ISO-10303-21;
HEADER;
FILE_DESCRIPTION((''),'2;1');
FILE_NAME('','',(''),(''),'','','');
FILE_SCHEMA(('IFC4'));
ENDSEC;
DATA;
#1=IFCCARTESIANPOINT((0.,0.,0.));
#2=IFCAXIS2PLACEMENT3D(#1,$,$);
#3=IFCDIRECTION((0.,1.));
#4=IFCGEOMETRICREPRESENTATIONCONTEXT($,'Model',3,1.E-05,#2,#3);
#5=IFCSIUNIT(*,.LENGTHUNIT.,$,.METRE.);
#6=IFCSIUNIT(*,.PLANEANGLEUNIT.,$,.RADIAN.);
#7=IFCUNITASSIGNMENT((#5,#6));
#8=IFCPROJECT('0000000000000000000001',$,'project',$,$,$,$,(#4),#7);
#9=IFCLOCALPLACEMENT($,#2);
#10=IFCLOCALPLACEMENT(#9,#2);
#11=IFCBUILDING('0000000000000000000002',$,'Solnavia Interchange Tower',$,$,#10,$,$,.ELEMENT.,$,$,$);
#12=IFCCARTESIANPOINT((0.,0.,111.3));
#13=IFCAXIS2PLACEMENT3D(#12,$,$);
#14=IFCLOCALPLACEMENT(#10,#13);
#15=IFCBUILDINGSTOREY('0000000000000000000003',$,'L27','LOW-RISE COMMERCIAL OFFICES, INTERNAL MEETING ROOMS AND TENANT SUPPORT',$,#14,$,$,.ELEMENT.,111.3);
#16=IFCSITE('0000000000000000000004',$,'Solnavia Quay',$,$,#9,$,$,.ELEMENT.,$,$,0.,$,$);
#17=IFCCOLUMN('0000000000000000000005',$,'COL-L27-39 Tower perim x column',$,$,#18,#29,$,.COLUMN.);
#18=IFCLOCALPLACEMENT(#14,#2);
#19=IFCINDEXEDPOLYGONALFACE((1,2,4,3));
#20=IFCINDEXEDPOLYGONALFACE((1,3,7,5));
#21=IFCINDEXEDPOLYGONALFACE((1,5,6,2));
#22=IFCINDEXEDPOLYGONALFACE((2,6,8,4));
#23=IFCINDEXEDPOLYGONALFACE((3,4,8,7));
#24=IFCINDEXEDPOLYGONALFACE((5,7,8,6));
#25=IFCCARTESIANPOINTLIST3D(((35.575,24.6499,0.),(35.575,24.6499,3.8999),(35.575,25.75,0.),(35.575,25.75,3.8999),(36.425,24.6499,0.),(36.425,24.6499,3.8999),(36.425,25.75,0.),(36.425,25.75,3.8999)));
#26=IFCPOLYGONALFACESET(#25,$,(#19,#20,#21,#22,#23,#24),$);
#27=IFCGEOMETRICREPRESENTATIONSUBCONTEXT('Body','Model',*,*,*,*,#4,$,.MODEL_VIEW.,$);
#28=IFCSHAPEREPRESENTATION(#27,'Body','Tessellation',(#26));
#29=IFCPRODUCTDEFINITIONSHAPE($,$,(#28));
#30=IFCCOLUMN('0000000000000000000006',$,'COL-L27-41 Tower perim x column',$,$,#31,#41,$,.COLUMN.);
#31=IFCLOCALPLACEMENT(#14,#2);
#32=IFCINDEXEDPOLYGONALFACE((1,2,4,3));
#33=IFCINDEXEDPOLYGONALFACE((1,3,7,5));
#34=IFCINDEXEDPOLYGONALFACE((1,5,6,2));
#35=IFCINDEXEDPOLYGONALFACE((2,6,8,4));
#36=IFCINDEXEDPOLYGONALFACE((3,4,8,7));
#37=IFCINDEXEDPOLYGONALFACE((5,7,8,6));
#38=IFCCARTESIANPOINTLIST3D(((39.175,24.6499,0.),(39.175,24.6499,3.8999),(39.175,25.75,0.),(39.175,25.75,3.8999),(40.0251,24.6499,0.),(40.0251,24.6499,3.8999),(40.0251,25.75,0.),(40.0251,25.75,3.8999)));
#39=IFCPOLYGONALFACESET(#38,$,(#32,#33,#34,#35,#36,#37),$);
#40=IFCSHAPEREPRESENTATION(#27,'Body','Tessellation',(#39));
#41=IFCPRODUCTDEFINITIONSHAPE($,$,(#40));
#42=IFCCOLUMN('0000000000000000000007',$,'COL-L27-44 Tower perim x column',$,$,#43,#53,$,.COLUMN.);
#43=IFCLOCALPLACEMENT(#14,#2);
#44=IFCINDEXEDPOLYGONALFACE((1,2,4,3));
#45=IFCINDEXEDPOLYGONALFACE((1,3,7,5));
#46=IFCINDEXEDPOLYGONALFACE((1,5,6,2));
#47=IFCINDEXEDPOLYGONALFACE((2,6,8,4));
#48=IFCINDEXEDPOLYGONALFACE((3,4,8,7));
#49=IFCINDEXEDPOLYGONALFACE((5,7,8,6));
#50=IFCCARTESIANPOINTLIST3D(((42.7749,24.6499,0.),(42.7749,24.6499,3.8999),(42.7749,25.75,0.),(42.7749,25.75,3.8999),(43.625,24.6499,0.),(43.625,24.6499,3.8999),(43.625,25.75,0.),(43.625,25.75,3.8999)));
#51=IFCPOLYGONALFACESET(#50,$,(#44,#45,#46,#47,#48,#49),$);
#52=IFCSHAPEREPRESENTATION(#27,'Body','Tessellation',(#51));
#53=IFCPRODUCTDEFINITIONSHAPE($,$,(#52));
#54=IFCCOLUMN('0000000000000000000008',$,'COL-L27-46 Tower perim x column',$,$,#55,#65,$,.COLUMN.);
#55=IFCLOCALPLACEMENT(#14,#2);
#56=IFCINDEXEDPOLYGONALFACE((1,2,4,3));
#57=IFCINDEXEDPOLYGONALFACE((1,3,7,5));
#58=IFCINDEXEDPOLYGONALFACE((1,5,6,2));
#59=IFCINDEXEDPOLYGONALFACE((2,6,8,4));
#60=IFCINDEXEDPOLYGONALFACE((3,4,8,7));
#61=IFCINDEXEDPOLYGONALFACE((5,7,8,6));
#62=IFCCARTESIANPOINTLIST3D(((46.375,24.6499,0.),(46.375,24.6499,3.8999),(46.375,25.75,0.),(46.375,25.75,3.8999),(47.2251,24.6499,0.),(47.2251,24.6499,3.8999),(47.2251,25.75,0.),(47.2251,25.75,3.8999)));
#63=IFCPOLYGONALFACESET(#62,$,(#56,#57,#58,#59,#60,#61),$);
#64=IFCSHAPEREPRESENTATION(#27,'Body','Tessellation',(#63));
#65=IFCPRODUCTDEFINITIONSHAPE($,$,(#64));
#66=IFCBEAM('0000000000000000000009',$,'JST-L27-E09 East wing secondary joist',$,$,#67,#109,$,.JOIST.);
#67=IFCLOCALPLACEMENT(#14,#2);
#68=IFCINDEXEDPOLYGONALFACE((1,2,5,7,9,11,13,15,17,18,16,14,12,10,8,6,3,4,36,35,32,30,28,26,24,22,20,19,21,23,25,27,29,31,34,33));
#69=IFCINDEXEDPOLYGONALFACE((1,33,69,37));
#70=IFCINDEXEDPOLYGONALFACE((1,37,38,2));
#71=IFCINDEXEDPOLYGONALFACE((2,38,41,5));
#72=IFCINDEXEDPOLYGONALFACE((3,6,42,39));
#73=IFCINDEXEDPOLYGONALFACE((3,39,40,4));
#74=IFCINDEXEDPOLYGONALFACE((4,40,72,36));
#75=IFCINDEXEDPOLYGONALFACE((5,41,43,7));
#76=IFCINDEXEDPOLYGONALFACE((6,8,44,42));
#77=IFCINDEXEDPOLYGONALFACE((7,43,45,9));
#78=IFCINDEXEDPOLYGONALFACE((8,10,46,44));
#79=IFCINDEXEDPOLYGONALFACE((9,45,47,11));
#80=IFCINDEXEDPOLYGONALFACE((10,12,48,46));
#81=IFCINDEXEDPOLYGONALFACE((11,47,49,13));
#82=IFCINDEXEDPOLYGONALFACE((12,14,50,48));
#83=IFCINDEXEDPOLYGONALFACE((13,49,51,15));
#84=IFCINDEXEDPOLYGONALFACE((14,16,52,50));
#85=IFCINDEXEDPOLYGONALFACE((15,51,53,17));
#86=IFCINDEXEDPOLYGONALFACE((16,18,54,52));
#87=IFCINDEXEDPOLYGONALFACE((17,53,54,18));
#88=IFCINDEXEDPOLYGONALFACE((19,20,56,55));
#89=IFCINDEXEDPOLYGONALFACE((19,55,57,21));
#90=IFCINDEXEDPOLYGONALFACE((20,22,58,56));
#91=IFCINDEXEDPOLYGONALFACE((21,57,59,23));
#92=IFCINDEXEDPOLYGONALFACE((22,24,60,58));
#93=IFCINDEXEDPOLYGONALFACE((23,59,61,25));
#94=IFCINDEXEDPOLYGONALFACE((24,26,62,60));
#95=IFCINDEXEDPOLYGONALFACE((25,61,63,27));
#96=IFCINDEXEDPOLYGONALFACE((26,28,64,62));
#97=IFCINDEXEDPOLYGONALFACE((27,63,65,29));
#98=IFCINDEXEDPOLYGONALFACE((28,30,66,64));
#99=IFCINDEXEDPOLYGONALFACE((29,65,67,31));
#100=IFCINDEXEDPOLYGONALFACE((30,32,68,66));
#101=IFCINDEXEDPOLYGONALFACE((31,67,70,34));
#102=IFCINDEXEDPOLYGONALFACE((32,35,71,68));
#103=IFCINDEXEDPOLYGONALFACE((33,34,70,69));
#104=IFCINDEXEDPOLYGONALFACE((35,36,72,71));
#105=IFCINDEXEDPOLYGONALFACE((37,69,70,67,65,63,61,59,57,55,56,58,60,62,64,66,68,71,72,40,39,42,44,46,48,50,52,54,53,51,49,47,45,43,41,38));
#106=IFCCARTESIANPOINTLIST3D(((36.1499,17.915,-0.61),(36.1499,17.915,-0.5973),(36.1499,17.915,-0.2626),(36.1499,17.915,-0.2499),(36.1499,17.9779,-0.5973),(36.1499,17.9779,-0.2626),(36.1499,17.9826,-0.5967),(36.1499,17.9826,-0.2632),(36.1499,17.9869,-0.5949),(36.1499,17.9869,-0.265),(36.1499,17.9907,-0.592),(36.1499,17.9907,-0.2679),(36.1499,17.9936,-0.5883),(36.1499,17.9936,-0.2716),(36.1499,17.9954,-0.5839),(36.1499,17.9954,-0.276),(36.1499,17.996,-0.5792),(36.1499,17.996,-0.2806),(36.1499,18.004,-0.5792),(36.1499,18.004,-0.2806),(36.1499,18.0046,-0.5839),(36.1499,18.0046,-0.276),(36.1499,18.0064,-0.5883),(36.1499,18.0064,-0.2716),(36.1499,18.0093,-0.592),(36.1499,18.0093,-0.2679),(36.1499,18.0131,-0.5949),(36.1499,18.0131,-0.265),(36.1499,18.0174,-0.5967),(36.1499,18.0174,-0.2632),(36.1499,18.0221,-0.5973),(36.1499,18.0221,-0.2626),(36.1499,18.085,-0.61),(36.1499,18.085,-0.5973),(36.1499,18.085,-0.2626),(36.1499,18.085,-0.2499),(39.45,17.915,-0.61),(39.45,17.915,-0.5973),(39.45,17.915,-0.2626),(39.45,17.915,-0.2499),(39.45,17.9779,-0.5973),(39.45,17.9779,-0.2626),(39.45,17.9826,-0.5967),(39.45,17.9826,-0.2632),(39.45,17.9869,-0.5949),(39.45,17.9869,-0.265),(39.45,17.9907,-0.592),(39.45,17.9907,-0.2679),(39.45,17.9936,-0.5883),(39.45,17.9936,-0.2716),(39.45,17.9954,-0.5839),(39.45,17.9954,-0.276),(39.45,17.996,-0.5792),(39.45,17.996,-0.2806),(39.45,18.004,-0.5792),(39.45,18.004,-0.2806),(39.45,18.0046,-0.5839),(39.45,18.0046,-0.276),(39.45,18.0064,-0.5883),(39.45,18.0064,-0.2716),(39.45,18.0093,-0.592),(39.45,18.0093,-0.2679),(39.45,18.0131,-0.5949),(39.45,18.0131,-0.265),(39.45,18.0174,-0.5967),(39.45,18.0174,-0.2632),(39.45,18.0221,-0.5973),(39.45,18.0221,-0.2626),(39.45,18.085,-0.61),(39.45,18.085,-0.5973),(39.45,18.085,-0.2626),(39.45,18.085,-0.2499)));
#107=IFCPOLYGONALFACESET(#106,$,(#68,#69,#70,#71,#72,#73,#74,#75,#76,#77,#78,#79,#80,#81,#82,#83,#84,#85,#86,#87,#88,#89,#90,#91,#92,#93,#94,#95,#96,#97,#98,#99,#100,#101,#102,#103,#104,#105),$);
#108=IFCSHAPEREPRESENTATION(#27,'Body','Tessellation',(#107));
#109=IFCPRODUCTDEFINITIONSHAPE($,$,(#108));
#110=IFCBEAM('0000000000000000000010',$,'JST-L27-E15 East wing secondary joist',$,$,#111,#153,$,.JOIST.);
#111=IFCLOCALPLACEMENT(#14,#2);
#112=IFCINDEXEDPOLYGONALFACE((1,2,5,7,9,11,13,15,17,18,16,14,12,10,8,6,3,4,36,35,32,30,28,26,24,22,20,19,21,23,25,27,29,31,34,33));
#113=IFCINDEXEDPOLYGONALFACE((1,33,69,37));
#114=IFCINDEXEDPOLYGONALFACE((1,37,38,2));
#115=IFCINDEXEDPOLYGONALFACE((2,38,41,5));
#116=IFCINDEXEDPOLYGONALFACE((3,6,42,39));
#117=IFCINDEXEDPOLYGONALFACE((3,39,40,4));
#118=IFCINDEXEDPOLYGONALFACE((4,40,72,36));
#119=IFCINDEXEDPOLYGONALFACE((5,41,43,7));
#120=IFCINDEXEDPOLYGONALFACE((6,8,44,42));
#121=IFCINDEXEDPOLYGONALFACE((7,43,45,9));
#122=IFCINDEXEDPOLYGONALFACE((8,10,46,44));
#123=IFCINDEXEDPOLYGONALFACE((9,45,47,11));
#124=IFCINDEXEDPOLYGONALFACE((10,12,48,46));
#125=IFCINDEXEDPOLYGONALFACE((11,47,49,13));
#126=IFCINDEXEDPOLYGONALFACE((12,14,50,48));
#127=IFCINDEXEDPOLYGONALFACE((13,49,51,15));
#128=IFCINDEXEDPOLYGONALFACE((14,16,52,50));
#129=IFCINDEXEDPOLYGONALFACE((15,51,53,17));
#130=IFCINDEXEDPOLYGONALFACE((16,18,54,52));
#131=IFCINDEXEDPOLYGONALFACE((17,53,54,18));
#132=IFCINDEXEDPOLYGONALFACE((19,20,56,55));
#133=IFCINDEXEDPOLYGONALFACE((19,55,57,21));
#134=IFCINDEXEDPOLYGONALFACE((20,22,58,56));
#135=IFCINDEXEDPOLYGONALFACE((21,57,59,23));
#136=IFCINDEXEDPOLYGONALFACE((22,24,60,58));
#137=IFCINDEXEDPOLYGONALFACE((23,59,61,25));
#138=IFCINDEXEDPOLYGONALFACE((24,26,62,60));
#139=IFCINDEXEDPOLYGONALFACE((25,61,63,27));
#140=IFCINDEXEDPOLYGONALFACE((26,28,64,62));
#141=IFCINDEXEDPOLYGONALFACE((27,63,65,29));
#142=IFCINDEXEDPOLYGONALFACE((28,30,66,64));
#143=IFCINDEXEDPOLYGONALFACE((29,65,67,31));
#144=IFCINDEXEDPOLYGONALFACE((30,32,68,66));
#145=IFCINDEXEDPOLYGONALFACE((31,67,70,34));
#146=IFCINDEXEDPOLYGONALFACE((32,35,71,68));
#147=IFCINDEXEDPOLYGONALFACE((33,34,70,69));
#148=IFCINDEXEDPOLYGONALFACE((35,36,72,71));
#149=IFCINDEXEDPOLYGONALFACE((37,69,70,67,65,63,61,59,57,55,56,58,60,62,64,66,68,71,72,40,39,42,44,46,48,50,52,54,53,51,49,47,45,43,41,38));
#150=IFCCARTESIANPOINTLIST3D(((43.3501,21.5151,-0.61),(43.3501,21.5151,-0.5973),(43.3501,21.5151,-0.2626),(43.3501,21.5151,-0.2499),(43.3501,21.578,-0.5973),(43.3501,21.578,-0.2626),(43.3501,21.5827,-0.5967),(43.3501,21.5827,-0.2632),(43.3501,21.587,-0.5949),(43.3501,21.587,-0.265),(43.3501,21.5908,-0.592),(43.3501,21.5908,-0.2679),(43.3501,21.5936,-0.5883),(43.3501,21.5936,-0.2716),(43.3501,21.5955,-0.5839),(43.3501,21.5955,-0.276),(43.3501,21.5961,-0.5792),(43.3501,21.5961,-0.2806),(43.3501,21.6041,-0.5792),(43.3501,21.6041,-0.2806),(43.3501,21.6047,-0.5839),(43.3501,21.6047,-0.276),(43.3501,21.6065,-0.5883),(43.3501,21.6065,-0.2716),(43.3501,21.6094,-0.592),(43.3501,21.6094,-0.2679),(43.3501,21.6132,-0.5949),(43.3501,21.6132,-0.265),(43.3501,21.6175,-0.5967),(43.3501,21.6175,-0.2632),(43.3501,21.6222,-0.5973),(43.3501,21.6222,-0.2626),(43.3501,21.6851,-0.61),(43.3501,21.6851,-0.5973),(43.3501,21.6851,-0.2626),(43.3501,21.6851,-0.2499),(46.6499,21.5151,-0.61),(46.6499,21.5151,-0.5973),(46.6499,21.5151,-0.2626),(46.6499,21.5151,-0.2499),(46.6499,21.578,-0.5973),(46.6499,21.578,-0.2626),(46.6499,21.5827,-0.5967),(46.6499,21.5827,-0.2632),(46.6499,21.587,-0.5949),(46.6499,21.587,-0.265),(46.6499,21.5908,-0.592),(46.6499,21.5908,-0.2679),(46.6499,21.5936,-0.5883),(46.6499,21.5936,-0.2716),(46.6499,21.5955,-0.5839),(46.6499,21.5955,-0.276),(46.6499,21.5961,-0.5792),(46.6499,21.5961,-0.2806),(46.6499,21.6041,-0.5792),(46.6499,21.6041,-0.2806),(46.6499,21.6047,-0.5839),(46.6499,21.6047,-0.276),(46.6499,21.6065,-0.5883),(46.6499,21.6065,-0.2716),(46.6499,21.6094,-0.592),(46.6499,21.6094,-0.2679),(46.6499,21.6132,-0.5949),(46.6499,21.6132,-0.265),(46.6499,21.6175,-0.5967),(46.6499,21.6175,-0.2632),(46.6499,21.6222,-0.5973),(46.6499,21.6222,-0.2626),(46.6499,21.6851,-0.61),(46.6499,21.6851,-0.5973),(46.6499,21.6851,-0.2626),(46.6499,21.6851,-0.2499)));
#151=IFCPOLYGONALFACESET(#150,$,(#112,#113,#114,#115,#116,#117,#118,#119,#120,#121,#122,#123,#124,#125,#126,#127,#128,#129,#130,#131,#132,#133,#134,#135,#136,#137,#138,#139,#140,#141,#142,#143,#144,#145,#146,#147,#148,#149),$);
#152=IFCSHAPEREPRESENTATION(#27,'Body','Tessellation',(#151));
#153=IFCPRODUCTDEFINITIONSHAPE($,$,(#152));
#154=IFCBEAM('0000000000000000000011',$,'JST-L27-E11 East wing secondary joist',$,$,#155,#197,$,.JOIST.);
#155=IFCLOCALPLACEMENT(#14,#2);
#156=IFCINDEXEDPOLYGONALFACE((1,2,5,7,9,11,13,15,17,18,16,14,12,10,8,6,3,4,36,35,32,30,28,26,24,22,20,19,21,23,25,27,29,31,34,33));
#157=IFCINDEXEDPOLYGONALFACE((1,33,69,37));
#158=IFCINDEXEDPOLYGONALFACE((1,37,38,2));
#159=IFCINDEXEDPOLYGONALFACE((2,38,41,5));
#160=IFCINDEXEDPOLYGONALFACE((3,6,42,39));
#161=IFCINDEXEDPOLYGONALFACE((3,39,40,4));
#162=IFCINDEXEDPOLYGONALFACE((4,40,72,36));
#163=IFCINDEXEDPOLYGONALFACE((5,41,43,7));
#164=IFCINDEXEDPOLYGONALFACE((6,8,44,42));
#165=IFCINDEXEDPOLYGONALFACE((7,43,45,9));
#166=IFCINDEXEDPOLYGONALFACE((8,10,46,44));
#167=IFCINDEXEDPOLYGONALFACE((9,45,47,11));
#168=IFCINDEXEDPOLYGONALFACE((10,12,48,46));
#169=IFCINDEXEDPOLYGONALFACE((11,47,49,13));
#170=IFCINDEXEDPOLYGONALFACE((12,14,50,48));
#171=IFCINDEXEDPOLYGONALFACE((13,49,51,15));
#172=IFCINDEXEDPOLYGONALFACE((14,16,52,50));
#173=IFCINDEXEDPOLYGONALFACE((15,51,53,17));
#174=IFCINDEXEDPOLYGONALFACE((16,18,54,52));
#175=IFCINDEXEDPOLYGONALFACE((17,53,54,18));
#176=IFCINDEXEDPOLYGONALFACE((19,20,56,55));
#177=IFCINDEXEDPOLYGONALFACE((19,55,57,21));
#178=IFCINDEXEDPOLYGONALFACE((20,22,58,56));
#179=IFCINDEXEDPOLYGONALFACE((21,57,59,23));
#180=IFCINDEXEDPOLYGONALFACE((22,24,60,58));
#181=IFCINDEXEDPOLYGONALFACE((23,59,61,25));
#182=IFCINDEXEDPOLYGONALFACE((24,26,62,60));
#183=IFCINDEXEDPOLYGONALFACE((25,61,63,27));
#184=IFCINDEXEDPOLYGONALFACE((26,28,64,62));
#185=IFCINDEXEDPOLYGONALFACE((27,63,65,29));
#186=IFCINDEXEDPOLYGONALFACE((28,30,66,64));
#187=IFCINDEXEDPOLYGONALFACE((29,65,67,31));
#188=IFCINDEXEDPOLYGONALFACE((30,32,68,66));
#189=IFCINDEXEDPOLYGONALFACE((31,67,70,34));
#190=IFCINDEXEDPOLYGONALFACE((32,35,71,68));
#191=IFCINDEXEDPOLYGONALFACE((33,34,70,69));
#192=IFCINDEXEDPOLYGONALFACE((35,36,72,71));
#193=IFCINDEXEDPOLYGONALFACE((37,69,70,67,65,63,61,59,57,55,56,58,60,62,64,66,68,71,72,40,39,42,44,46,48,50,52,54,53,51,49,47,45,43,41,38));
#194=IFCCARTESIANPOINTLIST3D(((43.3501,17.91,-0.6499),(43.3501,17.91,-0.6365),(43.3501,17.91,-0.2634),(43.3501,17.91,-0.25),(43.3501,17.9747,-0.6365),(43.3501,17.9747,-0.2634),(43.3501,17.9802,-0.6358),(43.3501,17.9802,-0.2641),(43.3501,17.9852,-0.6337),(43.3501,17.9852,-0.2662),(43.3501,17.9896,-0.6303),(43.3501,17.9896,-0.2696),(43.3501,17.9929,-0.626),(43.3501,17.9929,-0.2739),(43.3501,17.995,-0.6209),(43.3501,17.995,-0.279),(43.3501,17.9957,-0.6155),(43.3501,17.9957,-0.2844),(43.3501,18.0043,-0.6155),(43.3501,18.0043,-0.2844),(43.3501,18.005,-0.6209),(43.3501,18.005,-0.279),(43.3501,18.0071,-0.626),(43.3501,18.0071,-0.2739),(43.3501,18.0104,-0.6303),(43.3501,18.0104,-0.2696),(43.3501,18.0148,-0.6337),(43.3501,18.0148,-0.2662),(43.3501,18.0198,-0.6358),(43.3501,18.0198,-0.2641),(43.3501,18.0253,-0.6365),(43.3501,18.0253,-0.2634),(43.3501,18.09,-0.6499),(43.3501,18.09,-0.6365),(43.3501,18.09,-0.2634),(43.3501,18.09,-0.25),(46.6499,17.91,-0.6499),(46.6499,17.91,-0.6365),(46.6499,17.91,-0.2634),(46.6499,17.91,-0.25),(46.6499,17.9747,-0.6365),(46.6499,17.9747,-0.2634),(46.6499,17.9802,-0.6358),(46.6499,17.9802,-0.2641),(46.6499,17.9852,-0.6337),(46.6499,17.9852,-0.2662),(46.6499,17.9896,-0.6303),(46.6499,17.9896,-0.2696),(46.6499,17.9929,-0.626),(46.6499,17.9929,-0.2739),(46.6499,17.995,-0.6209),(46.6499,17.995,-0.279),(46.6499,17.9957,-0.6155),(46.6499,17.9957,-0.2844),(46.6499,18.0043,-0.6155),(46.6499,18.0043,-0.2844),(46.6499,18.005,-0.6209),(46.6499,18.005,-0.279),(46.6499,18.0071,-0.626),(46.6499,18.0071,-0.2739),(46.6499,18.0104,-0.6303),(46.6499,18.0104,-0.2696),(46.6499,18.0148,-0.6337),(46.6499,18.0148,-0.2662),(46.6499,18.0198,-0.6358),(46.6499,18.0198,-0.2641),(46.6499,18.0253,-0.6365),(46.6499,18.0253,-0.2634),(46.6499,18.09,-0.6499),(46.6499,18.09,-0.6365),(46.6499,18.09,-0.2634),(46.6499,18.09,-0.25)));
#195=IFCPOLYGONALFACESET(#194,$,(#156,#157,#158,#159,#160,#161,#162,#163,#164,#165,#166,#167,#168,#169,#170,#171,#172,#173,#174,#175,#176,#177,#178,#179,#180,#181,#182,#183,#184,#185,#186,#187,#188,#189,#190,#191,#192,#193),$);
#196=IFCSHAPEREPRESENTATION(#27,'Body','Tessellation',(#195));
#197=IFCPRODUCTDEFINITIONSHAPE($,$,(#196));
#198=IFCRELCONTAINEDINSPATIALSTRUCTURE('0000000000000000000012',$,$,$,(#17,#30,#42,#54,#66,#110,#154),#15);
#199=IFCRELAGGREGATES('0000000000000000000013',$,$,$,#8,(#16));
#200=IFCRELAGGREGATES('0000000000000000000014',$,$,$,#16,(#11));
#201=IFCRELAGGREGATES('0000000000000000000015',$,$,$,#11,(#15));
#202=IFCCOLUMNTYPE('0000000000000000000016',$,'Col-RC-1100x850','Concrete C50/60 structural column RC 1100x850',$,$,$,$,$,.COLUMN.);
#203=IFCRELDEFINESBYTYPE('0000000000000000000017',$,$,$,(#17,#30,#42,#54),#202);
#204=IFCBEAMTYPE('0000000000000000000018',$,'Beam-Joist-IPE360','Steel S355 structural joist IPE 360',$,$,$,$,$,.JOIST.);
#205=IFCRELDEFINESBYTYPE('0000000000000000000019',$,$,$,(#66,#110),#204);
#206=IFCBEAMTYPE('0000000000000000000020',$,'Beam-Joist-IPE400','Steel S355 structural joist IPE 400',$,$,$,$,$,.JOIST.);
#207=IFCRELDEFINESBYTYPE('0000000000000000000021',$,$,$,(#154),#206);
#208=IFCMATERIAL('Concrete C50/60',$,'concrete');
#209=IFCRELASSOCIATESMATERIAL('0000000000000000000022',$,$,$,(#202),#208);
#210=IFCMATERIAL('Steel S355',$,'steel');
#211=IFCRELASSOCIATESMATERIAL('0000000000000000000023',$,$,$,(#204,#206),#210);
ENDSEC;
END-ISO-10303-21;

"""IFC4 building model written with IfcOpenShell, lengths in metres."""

from ifc_helpers import new_model, si_unit, direction, frame, origin, origin_2d, place, context, subcontext, project, spatial, rectangle, i_section, extrude, material, material_profile, profile_set, type_object, element, save


model = new_model("IFC4")

# Units and contexts
model_context = context("Model", 3, precision=1e-05, world=origin(), true_north=direction((0.0, 1.0)))
body_context = subcontext(model_context, "Body", "Model", "MODEL_VIEW")
ifc_project = project(units=[si_unit("LENGTHUNIT", "METRE"), si_unit("PLANEANGLEUNIT", "RADIAN")], contexts=[model_context])

# Site, building, storey
site_placement = place(None, origin())
site = spatial("IfcSite", under=ifc_project, at=site_placement, Name="Solnavia Quay", CompositionType="ELEMENT", RefElevation=0.0)
building_placement = place(site_placement, origin())
building = spatial("IfcBuilding", under=site, at=building_placement, Name="Solnavia Interchange Tower", CompositionType="ELEMENT")
storey_placement = place(building_placement, frame((0.0, 0.0, 111.3)))
storey = spatial("IfcBuildingStorey", under=building, at=storey_placement, Name="L27", Description="LOW-RISE COMMERCIAL OFFICES, INTERNAL MEETING ROOMS AND TENANT SUPPORT", CompositionType="ELEMENT", Elevation=111.3)

# Columns
ifc_material_1 = material(Name="Concrete C50/60", Category="concrete")
ifc_material_profile_1 = material_profile(ifc_material_1, rectangle(XDim=0.8501, YDim=1.1001, at=origin_2d()), Name="RC 1100x850")
ifc_profile_set_1 = profile_set([ifc_material_profile_1], Name="Concrete C50/60")
column_type = type_object("IfcColumnType", Name="Col-RC-1100x850", Description="Concrete C50/60 structural column RC 1100x850", PredefinedType="COLUMN", material=ifc_profile_set_1)
for number, where, z_axis, x_axis, name in (
    (1, (36.0, 25.2, 0.0), (0.0, 0.0, 1.0), (1.0, 0.0, 0.0), "COL-L27-39 Tower perim x column"),
    (2, (39.6001, 25.2, 0.0), (0.0, 0.0, 1.0), (1.0, 0.0, 0.0), "COL-L27-41 Tower perim x column"),
    (3, (43.2, 25.2, 0.0), (0.0, 0.0, 1.0), (1.0, 0.0, 0.0), "COL-L27-44 Tower perim x column"),
    (4, (46.8, 25.2, 0.0), (0.0, 0.0, 1.0), (1.0, 0.0, 0.0), "COL-L27-46 Tower perim x column"),
):
    element("IfcColumn", number, at=place(storey_placement, frame(where, z_axis=z_axis, x_axis=x_axis)), inside=storey, type_object=column_type, Name=name, PredefinedType="COLUMN", context=body_context, shape_type="SweptSolid", body=[
        extrude(rectangle(XDim=0.8501, YDim=1.1001, at=origin_2d()), origin(), (0.0, 0.0, 1.0), 3.8999),
    ])

# Beams
ifc_material_2 = material(Name="Steel S355", Category="steel")
ifc_material_profile_2 = material_profile(ifc_material_2, i_section(OverallWidth=0.1699, OverallDepth=0.3601, WebThickness=0.0081, FlangeThickness=0.0127, FilletRadius=0.0181, at=origin_2d()), Name="IPE 360")
ifc_profile_set_2 = profile_set([ifc_material_profile_2], Name="Steel S355")
beam_type_1 = type_object("IfcBeamType", Name="Beam-Joist-IPE360", Description="Steel S355 structural joist IPE 360", PredefinedType="JOIST", material=ifc_profile_set_2)
beam_1_placement = place(storey_placement, frame((36.1499, 18.0, -0.4299), z_axis=(1.0, 0.0, 0.0), x_axis=(0.0, 1.0, 0.0)))
element("IfcBeam", 5, at=beam_1_placement, inside=storey, type_object=beam_type_1, Name="JST-L27-E09 East wing secondary joist", PredefinedType="JOIST", context=body_context, shape_type="SweptSolid", body=[
    extrude(i_section(OverallWidth=0.1699, OverallDepth=0.3601, WebThickness=0.0081, FlangeThickness=0.0127, FilletRadius=0.0181, at=origin_2d()), origin(), (0.0, 0.0, 1.0), 3.3),
])
beam_2_placement = place(storey_placement, frame((43.3501, 21.6001, -0.4299), z_axis=(1.0, 0.0, 0.0), x_axis=(0.0, 1.0, 0.0)))
element("IfcBeam", 6, at=beam_2_placement, inside=storey, type_object=beam_type_1, Name="JST-L27-E15 East wing secondary joist", PredefinedType="JOIST", context=body_context, shape_type="SweptSolid", body=[
    extrude(i_section(OverallWidth=0.1699, OverallDepth=0.3601, WebThickness=0.0081, FlangeThickness=0.0127, FilletRadius=0.0181, at=origin_2d()), origin(), (0.0, 0.0, 1.0), 3.2998),
])
ifc_material_profile_3 = material_profile(ifc_material_2, i_section(OverallWidth=0.1799, OverallDepth=0.3999, WebThickness=0.0085, FlangeThickness=0.0134, FilletRadius=0.021, at=origin_2d()), Name="IPE 400")
ifc_profile_set_3 = profile_set([ifc_material_profile_3], Name="Steel S355")
beam_type_2 = type_object("IfcBeamType", Name="Beam-Joist-IPE400", Description="Steel S355 structural joist IPE 400", PredefinedType="JOIST", material=ifc_profile_set_3)
beam_3_placement = place(storey_placement, frame((43.3501, 18.0, -0.45), z_axis=(1.0, 0.0, 0.0), x_axis=(0.0, 1.0, 0.0)))
element("IfcBeam", 7, at=beam_3_placement, inside=storey, type_object=beam_type_2, Name="JST-L27-E11 East wing secondary joist", PredefinedType="JOIST", context=body_context, shape_type="SweptSolid", body=[
    extrude(i_section(OverallWidth=0.1799, OverallDepth=0.3999, WebThickness=0.0085, FlangeThickness=0.0134, FilletRadius=0.021, at=origin_2d()), origin(), (0.0, 0.0, 1.0), 3.2998),
])

save(model, "model.ifc")
